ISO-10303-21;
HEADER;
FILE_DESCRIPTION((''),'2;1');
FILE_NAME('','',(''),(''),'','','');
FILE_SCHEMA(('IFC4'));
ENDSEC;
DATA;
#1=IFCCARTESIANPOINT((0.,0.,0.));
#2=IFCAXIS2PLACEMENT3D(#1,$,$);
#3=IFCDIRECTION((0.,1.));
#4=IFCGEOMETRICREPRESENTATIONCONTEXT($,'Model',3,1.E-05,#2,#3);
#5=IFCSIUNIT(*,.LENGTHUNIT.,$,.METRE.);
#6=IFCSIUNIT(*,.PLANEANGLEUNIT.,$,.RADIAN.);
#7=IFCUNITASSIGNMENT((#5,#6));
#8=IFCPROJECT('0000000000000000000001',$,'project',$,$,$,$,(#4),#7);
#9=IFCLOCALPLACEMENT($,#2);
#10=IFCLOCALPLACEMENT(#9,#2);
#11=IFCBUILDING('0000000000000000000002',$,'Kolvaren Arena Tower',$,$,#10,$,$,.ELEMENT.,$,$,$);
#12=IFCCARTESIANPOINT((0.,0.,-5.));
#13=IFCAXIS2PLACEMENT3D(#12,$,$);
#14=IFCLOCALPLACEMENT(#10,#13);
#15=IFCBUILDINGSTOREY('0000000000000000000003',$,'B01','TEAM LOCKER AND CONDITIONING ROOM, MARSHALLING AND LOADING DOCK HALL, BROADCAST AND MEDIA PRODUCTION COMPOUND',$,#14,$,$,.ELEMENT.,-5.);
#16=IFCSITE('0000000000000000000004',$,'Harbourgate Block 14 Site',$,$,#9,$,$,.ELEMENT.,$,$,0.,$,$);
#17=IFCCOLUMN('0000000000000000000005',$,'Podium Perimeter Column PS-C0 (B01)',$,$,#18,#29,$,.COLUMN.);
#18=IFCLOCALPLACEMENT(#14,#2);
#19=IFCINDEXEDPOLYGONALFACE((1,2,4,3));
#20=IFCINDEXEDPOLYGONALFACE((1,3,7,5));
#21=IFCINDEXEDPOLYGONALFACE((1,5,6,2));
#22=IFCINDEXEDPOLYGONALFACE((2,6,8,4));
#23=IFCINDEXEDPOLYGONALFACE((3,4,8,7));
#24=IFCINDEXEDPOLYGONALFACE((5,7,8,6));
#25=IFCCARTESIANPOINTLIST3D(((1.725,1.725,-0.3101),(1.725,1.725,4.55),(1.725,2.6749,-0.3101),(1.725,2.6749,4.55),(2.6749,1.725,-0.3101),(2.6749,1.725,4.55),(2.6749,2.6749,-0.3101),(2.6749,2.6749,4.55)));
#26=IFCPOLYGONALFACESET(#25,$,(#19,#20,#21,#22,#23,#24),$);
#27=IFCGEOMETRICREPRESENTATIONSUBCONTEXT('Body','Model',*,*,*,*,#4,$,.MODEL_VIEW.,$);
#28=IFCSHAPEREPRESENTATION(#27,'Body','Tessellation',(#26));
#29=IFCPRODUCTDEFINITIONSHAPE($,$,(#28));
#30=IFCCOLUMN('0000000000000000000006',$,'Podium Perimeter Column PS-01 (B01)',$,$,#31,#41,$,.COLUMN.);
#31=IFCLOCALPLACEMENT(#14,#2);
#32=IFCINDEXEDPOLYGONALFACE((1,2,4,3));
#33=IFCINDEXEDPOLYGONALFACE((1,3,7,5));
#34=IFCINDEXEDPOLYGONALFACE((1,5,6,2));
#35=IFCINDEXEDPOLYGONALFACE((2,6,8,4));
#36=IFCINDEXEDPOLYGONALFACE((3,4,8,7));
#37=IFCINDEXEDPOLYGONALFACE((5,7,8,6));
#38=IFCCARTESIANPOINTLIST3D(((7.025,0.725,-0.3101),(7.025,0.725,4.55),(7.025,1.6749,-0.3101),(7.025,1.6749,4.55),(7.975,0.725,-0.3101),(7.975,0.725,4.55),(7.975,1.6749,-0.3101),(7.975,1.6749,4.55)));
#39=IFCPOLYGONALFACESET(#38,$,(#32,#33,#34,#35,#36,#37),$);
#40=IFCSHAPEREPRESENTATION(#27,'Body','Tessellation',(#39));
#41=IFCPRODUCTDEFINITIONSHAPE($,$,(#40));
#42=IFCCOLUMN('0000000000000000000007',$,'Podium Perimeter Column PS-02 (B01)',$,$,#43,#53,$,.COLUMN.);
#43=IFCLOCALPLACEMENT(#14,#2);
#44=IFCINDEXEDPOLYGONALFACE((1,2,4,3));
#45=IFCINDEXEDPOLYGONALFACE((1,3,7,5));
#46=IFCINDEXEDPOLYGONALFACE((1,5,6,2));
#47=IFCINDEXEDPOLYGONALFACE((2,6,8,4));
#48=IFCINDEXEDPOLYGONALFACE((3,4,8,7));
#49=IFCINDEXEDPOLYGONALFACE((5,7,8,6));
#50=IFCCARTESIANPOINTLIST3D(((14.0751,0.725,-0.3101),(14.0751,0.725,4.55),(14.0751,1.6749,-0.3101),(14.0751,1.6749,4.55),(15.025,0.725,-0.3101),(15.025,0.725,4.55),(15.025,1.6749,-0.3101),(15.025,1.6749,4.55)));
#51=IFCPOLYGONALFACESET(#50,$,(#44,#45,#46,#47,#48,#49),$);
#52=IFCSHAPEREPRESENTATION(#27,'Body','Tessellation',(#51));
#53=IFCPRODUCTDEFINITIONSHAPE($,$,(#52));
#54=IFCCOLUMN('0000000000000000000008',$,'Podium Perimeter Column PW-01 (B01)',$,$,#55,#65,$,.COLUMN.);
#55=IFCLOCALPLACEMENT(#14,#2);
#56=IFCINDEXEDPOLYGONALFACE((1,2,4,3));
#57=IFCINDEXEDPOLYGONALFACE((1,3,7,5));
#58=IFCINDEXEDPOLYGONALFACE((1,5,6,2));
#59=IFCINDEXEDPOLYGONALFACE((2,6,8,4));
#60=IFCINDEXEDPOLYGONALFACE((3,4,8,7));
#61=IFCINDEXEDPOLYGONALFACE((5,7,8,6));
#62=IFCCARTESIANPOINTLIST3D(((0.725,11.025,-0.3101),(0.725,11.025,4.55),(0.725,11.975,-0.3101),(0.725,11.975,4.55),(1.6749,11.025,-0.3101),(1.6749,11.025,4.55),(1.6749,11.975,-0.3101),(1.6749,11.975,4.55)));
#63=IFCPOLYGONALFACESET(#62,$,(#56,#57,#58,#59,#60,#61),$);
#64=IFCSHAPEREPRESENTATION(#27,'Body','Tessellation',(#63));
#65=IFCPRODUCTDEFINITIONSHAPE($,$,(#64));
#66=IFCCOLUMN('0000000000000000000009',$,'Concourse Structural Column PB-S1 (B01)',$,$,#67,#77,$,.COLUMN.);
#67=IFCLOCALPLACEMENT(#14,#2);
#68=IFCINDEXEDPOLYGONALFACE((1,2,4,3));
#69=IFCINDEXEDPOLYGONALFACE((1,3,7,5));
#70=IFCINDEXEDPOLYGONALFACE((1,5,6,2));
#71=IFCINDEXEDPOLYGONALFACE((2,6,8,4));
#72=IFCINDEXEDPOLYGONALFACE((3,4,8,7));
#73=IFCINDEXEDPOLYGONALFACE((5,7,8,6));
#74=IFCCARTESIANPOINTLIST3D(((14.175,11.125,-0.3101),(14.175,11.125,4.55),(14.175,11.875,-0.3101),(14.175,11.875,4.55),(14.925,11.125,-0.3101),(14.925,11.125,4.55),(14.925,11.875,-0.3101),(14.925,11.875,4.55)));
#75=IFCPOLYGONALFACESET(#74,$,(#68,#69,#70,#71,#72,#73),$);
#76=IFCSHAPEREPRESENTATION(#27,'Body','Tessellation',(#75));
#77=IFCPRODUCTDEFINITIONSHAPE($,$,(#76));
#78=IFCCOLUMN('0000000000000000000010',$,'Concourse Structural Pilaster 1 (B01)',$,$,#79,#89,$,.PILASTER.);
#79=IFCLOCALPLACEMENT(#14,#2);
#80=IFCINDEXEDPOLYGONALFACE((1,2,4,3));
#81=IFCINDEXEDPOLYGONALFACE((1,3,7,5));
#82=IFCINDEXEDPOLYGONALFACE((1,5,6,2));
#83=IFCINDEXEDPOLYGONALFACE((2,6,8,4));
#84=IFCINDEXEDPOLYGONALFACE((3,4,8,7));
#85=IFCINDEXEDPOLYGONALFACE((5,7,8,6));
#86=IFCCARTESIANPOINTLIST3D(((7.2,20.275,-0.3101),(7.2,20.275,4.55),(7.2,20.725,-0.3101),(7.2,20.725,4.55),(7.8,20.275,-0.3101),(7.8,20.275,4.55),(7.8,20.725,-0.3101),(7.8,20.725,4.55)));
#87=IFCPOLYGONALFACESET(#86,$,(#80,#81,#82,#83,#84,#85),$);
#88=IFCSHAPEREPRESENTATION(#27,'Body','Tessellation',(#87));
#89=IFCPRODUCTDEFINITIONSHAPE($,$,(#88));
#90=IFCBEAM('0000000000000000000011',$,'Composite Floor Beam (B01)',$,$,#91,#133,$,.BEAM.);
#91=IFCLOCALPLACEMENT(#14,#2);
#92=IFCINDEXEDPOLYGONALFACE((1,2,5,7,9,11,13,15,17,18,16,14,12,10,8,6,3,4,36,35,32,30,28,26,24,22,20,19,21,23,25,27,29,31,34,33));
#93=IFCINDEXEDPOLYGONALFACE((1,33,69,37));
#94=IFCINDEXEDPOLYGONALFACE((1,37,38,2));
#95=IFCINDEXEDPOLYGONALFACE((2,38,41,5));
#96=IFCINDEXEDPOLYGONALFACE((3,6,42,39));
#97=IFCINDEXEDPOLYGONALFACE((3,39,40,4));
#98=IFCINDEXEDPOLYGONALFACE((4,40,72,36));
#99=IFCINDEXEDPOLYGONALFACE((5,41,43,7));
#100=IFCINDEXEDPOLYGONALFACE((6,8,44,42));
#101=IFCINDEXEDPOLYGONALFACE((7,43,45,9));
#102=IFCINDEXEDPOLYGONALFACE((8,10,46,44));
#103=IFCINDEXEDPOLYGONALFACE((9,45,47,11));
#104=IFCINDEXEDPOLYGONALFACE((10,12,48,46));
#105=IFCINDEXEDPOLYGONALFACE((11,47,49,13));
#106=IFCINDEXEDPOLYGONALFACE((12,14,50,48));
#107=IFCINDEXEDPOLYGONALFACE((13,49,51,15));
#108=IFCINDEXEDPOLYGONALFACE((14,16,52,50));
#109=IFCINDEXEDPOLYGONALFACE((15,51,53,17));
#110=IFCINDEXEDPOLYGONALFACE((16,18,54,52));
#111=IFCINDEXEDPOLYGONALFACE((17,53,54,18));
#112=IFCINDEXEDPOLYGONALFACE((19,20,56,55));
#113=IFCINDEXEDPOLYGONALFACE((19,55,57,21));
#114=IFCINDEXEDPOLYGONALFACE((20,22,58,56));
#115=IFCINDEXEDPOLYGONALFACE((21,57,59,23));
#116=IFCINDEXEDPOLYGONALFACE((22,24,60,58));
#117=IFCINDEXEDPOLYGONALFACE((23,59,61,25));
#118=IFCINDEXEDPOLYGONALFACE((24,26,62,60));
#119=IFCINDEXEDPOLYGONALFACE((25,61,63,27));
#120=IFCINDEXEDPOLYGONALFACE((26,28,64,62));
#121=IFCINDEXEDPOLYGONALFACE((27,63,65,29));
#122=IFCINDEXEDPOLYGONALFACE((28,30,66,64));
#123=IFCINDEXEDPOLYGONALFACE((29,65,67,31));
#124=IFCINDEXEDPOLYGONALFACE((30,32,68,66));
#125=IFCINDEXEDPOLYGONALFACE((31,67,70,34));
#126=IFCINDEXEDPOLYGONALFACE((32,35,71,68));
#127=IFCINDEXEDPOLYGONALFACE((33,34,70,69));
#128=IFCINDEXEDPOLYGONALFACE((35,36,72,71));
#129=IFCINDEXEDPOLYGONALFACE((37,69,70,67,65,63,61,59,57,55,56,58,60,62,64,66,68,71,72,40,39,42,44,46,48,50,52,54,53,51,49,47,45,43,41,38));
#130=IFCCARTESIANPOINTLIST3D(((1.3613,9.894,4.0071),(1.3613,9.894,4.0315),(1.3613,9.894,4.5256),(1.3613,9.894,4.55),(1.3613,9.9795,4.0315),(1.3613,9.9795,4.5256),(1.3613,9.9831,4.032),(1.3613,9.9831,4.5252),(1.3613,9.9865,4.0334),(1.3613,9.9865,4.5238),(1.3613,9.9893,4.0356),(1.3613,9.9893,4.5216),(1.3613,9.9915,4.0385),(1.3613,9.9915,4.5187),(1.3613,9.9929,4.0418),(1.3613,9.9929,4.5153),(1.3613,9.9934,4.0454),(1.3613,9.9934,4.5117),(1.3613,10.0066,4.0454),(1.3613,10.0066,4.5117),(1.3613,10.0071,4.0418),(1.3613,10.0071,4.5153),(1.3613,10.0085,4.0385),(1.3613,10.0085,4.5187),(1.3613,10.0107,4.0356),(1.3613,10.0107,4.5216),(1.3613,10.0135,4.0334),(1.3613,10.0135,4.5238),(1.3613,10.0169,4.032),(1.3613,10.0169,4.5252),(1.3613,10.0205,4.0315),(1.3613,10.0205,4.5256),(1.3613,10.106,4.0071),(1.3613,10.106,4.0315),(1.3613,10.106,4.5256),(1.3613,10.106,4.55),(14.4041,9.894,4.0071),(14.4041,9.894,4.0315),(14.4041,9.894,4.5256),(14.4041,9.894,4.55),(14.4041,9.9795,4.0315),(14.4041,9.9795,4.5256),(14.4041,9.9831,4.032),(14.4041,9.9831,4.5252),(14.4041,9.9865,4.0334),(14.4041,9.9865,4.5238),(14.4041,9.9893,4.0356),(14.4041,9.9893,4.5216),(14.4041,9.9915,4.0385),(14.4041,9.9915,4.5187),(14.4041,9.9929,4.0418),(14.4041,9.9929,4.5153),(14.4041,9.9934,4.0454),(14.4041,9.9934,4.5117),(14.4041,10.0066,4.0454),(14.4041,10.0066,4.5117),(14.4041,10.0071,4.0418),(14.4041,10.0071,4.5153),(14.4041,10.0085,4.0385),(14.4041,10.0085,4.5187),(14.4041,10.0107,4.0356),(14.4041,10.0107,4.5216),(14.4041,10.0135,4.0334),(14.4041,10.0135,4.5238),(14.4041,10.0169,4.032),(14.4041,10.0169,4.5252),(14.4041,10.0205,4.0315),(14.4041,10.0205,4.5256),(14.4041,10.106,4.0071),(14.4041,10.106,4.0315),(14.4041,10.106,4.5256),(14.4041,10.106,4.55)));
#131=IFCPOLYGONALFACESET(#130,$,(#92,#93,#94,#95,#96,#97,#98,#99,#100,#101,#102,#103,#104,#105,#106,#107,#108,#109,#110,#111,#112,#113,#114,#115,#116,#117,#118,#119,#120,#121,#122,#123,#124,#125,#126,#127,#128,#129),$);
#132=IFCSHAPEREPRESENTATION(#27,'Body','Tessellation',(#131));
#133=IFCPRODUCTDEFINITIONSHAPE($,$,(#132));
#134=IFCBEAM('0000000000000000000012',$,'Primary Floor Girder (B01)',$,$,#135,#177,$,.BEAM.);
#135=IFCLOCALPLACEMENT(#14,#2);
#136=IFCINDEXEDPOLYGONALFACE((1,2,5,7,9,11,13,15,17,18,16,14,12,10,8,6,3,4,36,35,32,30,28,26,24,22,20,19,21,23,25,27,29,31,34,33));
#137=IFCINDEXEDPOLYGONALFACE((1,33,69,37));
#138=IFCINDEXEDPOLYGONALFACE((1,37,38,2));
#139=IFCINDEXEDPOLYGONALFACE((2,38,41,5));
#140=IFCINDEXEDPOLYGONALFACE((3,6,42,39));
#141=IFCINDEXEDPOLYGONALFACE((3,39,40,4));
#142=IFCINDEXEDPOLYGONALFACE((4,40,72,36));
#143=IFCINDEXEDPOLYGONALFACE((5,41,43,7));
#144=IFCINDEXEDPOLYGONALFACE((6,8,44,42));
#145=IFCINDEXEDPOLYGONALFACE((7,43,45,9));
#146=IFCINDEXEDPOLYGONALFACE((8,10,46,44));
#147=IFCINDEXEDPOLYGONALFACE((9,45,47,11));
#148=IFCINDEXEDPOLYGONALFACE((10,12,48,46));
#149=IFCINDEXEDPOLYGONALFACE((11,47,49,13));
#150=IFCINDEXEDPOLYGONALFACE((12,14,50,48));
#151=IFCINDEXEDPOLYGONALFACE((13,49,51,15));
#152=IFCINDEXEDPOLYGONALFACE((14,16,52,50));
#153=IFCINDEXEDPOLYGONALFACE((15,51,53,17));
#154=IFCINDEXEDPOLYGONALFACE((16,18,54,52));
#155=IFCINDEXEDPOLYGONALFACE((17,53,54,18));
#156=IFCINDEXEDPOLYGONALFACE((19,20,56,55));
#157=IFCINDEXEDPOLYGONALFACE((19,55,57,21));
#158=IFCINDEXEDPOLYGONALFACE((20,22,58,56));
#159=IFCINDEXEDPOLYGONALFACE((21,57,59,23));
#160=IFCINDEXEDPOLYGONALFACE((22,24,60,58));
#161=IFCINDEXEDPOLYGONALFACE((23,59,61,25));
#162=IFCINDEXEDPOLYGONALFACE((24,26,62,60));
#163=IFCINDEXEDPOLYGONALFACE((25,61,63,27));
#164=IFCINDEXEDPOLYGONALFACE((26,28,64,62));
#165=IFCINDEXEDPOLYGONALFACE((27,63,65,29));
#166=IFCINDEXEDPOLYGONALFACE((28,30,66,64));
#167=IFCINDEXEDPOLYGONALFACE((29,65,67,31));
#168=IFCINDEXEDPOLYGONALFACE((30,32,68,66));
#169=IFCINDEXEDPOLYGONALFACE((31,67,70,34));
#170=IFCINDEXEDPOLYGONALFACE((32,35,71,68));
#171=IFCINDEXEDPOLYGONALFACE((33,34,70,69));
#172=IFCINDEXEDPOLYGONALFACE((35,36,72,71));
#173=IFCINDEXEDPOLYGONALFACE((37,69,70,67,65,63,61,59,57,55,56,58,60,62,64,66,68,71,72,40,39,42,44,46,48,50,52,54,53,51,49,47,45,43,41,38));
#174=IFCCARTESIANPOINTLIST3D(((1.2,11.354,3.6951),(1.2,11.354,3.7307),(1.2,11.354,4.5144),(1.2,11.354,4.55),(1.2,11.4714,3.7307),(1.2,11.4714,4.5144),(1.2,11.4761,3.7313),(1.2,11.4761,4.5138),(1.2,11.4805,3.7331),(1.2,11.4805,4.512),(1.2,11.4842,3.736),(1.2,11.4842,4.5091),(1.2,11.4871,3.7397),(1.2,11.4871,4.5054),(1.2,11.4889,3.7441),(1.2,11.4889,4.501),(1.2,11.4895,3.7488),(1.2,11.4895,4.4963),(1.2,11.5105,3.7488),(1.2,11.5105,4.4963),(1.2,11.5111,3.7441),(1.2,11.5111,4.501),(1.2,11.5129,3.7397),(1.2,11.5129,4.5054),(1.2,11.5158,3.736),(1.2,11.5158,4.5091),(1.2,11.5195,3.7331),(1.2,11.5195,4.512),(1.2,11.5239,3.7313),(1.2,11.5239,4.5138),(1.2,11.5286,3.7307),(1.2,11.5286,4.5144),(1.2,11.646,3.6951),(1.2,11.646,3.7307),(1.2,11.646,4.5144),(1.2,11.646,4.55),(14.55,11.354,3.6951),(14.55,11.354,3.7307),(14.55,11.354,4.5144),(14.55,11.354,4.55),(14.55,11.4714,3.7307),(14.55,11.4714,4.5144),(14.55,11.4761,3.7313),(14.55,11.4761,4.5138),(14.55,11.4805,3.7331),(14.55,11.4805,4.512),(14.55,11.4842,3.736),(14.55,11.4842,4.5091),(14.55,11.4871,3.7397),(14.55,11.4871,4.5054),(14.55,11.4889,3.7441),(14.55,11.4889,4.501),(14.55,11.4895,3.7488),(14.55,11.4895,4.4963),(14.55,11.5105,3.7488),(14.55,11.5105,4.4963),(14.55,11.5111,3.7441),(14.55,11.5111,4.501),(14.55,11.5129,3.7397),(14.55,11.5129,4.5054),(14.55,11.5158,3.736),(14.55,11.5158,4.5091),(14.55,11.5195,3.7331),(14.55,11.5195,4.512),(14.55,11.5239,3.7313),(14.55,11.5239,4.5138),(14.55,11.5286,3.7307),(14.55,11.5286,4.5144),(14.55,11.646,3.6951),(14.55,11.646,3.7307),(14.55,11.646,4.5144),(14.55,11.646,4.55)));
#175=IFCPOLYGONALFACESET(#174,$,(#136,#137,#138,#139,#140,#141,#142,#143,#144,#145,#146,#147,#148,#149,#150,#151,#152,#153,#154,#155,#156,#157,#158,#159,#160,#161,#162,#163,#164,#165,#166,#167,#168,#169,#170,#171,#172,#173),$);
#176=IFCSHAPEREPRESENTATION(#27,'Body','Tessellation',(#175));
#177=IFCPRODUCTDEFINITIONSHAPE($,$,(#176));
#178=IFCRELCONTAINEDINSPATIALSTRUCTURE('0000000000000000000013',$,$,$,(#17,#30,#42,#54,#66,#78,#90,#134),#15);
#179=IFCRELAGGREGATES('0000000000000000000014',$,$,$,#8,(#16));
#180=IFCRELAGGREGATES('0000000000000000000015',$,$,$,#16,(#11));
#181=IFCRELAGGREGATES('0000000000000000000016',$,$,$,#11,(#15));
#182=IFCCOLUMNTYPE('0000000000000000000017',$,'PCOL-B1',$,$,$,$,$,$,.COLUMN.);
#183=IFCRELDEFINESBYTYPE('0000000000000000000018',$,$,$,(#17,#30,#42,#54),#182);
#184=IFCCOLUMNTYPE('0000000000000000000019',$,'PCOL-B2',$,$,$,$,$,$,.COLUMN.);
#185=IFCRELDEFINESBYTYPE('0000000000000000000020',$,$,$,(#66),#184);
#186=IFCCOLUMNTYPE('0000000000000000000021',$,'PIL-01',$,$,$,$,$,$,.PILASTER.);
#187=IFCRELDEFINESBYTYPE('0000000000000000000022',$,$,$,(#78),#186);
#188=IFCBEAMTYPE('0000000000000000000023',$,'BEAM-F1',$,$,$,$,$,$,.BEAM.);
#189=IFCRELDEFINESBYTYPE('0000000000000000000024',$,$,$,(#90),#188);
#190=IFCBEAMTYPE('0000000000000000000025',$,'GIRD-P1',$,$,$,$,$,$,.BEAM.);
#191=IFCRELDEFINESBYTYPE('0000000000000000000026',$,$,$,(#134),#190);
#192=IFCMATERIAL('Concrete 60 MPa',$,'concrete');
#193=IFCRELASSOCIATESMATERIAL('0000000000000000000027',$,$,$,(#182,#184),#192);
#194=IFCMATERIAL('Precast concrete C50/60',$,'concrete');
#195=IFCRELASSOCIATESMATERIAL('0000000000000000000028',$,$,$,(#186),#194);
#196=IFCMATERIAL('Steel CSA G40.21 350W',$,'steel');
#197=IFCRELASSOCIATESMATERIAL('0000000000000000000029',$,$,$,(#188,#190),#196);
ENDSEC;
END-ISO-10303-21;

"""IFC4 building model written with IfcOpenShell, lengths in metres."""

from ifc_helpers import new_model, si_unit, direction, frame, origin, origin_2d, place, context, subcontext, project, spatial, rectangle, i_section, extrude, material, material_profile, profile_set, type_object, element, save


model = new_model("IFC4")

# Units and contexts
model_context = context("Model", 3, precision=1e-05, world=origin(), true_north=direction((0.0, 1.0)))
body_context = subcontext(model_context, "Body", "Model", "MODEL_VIEW")
ifc_project = project(units=[si_unit("LENGTHUNIT", "METRE"), si_unit("PLANEANGLEUNIT", "RADIAN")], contexts=[model_context])

# Site, building, storey
site_placement = place(None, origin())
site = spatial("IfcSite", under=ifc_project, at=site_placement, Name="Harbourgate Block 14 Site", CompositionType="ELEMENT", RefElevation=0.0)
building_placement = place(site_placement, origin())
building = spatial("IfcBuilding", under=site, at=building_placement, Name="Kolvaren Arena Tower", CompositionType="ELEMENT")
storey_placement = place(building_placement, frame((0.0, 0.0, -5.0)))
storey = spatial("IfcBuildingStorey", under=building, at=storey_placement, Name="B01", Description="TEAM LOCKER AND CONDITIONING ROOM, MARSHALLING AND LOADING DOCK HALL, BROADCAST AND MEDIA PRODUCTION COMPOUND", CompositionType="ELEMENT", Elevation=-5.0)

# Columns
ifc_material_1 = material(Name="Concrete 60 MPa", Category="concrete")
ifc_material_profile_1 = material_profile(ifc_material_1, rectangle(XDim=0.95, YDim=0.95, at=origin_2d()), Name="RC-950x950")
ifc_profile_set_1 = profile_set([ifc_material_profile_1], Name="Concrete 60 MPa")
column_type_1 = type_object("IfcColumnType", Name="PCOL-B1", PredefinedType="COLUMN", material=ifc_profile_set_1)
for number, where, z_axis, x_axis, name in (
    (1, (2.2, 2.2, -0.3101), (0.0, 0.0, 1.0), (1.0, 0.0, 0.0), "Podium Perimeter Column PS-C0 (B01)"),
    (2, (7.5, 1.2, -0.3101), (0.0, 0.0, 1.0), (1.0, 0.0, 0.0), "Podium Perimeter Column PS-01 (B01)"),
    (3, (14.55, 1.2, -0.3101), (0.0, 0.0, 1.0), (1.0, 0.0, 0.0), "Podium Perimeter Column PS-02 (B01)"),
    (4, (1.2, 11.5, -0.3101), (0.0, 0.0, 1.0), (1.0, 0.0, 0.0), "Podium Perimeter Column PW-01 (B01)"),
):
    element("IfcColumn", number, at=place(storey_placement, frame(where, z_axis=z_axis, x_axis=x_axis)), inside=storey, type_object=column_type_1, Name=name, PredefinedType="COLUMN", context=body_context, shape_type="SweptSolid", body=[
        extrude(rectangle(XDim=0.95, YDim=0.95, at=origin_2d()), origin(), (0.0, 0.0, 1.0), 4.8601),
    ])
ifc_material_profile_2 = material_profile(ifc_material_1, rectangle(XDim=0.75, YDim=0.75, at=origin_2d()), Name="RC-750x750")
ifc_profile_set_2 = profile_set([ifc_material_profile_2], Name="Concrete 60 MPa")
column_type_2 = type_object("IfcColumnType", Name="PCOL-B2", PredefinedType="COLUMN", material=ifc_profile_set_2)
column_1_placement = place(storey_placement, frame((14.55, 11.5, -0.3101), z_axis=(0.0, 0.0, 1.0), x_axis=(1.0, 0.0, 0.0)))
element("IfcColumn", 5, at=column_1_placement, inside=storey, type_object=column_type_2, Name="Concourse Structural Column PB-S1 (B01)", PredefinedType="COLUMN", context=body_context, shape_type="SweptSolid", body=[
    extrude(rectangle(XDim=0.75, YDim=0.75, at=origin_2d()), origin(), (0.0, 0.0, 1.0), 4.8601),
])
ifc_material_2 = material(Name="Precast concrete C50/60", Category="concrete")
ifc_material_profile_3 = material_profile(ifc_material_2, rectangle(XDim=0.6001, YDim=0.45, at=origin_2d()), Name="RC-600x450")
ifc_profile_set_3 = profile_set([ifc_material_profile_3], Name="Precast concrete C50/60")
column_type_3 = type_object("IfcColumnType", Name="PIL-01", PredefinedType="PILASTER", material=ifc_profile_set_3)
column_2_placement = place(storey_placement, frame((7.5, 20.5, -0.3101), z_axis=(0.0, 0.0, 1.0), x_axis=(1.0, 0.0, 0.0)))
element("IfcColumn", 6, at=column_2_placement, inside=storey, type_object=column_type_3, Name="Concourse Structural Pilaster 1 (B01)", PredefinedType="PILASTER", context=body_context, shape_type="SweptSolid", body=[
    extrude(rectangle(XDim=0.6001, YDim=0.45, at=origin_2d()), origin(), (0.0, 0.0, 1.0), 4.8601),
])

# Beams
ifc_material_3 = material(Name="Steel CSA G40.21 350W", Category="steel")
ifc_material_profile_4 = material_profile(ifc_material_3, i_section(OverallWidth=0.2119, OverallDepth=0.543, WebThickness=0.0132, FlangeThickness=0.0244, FilletRadius=0.0139, at=origin_2d()), Name="W530x150")
ifc_profile_set_4 = profile_set([ifc_material_profile_4], Name="Steel CSA G40.21 350W")
beam_type_1 = type_object("IfcBeamType", Name="BEAM-F1", PredefinedType="BEAM", material=ifc_profile_set_4)
beam_1_placement = place(storey_placement, frame((1.3613, 10.0, 4.2786), z_axis=(1.0, 0.0, 0.0), x_axis=(0.0, 1.0, 0.0)))
element("IfcBeam", 7, at=beam_1_placement, inside=storey, type_object=beam_type_1, Name="Composite Floor Beam (B01)", PredefinedType="BEAM", context=body_context, shape_type="SweptSolid", body=[
    extrude(i_section(OverallWidth=0.2119, OverallDepth=0.543, WebThickness=0.0132, FlangeThickness=0.0244, FilletRadius=0.0139, at=origin_2d()), origin(), (0.0, 0.0, 1.0), 13.0427),
])
ifc_material_profile_5 = material_profile(ifc_material_3, i_section(OverallWidth=0.292, OverallDepth=0.855, WebThickness=0.021, FlangeThickness=0.0356, FilletRadius=0.0181, at=origin_2d()), Name="W840x299")
ifc_profile_set_5 = profile_set([ifc_material_profile_5], Name="Steel CSA G40.21 350W")
beam_type_2 = type_object("IfcBeamType", Name="GIRD-P1", PredefinedType="BEAM", material=ifc_profile_set_5)
beam_2_placement = place(storey_placement, frame((1.2, 11.5, 4.1226), z_axis=(1.0, 0.0, 0.0), x_axis=(0.0, 1.0, 0.0)))
element("IfcBeam", 8, at=beam_2_placement, inside=storey, type_object=beam_type_2, Name="Primary Floor Girder (B01)", PredefinedType="BEAM", context=body_context, shape_type="SweptSolid", body=[
    extrude(i_section(OverallWidth=0.292, OverallDepth=0.855, WebThickness=0.021, FlangeThickness=0.0356, FilletRadius=0.0181, at=origin_2d()), origin(), (0.0, 0.0, 1.0), 13.3501),
])

save(model, "model.ifc")
